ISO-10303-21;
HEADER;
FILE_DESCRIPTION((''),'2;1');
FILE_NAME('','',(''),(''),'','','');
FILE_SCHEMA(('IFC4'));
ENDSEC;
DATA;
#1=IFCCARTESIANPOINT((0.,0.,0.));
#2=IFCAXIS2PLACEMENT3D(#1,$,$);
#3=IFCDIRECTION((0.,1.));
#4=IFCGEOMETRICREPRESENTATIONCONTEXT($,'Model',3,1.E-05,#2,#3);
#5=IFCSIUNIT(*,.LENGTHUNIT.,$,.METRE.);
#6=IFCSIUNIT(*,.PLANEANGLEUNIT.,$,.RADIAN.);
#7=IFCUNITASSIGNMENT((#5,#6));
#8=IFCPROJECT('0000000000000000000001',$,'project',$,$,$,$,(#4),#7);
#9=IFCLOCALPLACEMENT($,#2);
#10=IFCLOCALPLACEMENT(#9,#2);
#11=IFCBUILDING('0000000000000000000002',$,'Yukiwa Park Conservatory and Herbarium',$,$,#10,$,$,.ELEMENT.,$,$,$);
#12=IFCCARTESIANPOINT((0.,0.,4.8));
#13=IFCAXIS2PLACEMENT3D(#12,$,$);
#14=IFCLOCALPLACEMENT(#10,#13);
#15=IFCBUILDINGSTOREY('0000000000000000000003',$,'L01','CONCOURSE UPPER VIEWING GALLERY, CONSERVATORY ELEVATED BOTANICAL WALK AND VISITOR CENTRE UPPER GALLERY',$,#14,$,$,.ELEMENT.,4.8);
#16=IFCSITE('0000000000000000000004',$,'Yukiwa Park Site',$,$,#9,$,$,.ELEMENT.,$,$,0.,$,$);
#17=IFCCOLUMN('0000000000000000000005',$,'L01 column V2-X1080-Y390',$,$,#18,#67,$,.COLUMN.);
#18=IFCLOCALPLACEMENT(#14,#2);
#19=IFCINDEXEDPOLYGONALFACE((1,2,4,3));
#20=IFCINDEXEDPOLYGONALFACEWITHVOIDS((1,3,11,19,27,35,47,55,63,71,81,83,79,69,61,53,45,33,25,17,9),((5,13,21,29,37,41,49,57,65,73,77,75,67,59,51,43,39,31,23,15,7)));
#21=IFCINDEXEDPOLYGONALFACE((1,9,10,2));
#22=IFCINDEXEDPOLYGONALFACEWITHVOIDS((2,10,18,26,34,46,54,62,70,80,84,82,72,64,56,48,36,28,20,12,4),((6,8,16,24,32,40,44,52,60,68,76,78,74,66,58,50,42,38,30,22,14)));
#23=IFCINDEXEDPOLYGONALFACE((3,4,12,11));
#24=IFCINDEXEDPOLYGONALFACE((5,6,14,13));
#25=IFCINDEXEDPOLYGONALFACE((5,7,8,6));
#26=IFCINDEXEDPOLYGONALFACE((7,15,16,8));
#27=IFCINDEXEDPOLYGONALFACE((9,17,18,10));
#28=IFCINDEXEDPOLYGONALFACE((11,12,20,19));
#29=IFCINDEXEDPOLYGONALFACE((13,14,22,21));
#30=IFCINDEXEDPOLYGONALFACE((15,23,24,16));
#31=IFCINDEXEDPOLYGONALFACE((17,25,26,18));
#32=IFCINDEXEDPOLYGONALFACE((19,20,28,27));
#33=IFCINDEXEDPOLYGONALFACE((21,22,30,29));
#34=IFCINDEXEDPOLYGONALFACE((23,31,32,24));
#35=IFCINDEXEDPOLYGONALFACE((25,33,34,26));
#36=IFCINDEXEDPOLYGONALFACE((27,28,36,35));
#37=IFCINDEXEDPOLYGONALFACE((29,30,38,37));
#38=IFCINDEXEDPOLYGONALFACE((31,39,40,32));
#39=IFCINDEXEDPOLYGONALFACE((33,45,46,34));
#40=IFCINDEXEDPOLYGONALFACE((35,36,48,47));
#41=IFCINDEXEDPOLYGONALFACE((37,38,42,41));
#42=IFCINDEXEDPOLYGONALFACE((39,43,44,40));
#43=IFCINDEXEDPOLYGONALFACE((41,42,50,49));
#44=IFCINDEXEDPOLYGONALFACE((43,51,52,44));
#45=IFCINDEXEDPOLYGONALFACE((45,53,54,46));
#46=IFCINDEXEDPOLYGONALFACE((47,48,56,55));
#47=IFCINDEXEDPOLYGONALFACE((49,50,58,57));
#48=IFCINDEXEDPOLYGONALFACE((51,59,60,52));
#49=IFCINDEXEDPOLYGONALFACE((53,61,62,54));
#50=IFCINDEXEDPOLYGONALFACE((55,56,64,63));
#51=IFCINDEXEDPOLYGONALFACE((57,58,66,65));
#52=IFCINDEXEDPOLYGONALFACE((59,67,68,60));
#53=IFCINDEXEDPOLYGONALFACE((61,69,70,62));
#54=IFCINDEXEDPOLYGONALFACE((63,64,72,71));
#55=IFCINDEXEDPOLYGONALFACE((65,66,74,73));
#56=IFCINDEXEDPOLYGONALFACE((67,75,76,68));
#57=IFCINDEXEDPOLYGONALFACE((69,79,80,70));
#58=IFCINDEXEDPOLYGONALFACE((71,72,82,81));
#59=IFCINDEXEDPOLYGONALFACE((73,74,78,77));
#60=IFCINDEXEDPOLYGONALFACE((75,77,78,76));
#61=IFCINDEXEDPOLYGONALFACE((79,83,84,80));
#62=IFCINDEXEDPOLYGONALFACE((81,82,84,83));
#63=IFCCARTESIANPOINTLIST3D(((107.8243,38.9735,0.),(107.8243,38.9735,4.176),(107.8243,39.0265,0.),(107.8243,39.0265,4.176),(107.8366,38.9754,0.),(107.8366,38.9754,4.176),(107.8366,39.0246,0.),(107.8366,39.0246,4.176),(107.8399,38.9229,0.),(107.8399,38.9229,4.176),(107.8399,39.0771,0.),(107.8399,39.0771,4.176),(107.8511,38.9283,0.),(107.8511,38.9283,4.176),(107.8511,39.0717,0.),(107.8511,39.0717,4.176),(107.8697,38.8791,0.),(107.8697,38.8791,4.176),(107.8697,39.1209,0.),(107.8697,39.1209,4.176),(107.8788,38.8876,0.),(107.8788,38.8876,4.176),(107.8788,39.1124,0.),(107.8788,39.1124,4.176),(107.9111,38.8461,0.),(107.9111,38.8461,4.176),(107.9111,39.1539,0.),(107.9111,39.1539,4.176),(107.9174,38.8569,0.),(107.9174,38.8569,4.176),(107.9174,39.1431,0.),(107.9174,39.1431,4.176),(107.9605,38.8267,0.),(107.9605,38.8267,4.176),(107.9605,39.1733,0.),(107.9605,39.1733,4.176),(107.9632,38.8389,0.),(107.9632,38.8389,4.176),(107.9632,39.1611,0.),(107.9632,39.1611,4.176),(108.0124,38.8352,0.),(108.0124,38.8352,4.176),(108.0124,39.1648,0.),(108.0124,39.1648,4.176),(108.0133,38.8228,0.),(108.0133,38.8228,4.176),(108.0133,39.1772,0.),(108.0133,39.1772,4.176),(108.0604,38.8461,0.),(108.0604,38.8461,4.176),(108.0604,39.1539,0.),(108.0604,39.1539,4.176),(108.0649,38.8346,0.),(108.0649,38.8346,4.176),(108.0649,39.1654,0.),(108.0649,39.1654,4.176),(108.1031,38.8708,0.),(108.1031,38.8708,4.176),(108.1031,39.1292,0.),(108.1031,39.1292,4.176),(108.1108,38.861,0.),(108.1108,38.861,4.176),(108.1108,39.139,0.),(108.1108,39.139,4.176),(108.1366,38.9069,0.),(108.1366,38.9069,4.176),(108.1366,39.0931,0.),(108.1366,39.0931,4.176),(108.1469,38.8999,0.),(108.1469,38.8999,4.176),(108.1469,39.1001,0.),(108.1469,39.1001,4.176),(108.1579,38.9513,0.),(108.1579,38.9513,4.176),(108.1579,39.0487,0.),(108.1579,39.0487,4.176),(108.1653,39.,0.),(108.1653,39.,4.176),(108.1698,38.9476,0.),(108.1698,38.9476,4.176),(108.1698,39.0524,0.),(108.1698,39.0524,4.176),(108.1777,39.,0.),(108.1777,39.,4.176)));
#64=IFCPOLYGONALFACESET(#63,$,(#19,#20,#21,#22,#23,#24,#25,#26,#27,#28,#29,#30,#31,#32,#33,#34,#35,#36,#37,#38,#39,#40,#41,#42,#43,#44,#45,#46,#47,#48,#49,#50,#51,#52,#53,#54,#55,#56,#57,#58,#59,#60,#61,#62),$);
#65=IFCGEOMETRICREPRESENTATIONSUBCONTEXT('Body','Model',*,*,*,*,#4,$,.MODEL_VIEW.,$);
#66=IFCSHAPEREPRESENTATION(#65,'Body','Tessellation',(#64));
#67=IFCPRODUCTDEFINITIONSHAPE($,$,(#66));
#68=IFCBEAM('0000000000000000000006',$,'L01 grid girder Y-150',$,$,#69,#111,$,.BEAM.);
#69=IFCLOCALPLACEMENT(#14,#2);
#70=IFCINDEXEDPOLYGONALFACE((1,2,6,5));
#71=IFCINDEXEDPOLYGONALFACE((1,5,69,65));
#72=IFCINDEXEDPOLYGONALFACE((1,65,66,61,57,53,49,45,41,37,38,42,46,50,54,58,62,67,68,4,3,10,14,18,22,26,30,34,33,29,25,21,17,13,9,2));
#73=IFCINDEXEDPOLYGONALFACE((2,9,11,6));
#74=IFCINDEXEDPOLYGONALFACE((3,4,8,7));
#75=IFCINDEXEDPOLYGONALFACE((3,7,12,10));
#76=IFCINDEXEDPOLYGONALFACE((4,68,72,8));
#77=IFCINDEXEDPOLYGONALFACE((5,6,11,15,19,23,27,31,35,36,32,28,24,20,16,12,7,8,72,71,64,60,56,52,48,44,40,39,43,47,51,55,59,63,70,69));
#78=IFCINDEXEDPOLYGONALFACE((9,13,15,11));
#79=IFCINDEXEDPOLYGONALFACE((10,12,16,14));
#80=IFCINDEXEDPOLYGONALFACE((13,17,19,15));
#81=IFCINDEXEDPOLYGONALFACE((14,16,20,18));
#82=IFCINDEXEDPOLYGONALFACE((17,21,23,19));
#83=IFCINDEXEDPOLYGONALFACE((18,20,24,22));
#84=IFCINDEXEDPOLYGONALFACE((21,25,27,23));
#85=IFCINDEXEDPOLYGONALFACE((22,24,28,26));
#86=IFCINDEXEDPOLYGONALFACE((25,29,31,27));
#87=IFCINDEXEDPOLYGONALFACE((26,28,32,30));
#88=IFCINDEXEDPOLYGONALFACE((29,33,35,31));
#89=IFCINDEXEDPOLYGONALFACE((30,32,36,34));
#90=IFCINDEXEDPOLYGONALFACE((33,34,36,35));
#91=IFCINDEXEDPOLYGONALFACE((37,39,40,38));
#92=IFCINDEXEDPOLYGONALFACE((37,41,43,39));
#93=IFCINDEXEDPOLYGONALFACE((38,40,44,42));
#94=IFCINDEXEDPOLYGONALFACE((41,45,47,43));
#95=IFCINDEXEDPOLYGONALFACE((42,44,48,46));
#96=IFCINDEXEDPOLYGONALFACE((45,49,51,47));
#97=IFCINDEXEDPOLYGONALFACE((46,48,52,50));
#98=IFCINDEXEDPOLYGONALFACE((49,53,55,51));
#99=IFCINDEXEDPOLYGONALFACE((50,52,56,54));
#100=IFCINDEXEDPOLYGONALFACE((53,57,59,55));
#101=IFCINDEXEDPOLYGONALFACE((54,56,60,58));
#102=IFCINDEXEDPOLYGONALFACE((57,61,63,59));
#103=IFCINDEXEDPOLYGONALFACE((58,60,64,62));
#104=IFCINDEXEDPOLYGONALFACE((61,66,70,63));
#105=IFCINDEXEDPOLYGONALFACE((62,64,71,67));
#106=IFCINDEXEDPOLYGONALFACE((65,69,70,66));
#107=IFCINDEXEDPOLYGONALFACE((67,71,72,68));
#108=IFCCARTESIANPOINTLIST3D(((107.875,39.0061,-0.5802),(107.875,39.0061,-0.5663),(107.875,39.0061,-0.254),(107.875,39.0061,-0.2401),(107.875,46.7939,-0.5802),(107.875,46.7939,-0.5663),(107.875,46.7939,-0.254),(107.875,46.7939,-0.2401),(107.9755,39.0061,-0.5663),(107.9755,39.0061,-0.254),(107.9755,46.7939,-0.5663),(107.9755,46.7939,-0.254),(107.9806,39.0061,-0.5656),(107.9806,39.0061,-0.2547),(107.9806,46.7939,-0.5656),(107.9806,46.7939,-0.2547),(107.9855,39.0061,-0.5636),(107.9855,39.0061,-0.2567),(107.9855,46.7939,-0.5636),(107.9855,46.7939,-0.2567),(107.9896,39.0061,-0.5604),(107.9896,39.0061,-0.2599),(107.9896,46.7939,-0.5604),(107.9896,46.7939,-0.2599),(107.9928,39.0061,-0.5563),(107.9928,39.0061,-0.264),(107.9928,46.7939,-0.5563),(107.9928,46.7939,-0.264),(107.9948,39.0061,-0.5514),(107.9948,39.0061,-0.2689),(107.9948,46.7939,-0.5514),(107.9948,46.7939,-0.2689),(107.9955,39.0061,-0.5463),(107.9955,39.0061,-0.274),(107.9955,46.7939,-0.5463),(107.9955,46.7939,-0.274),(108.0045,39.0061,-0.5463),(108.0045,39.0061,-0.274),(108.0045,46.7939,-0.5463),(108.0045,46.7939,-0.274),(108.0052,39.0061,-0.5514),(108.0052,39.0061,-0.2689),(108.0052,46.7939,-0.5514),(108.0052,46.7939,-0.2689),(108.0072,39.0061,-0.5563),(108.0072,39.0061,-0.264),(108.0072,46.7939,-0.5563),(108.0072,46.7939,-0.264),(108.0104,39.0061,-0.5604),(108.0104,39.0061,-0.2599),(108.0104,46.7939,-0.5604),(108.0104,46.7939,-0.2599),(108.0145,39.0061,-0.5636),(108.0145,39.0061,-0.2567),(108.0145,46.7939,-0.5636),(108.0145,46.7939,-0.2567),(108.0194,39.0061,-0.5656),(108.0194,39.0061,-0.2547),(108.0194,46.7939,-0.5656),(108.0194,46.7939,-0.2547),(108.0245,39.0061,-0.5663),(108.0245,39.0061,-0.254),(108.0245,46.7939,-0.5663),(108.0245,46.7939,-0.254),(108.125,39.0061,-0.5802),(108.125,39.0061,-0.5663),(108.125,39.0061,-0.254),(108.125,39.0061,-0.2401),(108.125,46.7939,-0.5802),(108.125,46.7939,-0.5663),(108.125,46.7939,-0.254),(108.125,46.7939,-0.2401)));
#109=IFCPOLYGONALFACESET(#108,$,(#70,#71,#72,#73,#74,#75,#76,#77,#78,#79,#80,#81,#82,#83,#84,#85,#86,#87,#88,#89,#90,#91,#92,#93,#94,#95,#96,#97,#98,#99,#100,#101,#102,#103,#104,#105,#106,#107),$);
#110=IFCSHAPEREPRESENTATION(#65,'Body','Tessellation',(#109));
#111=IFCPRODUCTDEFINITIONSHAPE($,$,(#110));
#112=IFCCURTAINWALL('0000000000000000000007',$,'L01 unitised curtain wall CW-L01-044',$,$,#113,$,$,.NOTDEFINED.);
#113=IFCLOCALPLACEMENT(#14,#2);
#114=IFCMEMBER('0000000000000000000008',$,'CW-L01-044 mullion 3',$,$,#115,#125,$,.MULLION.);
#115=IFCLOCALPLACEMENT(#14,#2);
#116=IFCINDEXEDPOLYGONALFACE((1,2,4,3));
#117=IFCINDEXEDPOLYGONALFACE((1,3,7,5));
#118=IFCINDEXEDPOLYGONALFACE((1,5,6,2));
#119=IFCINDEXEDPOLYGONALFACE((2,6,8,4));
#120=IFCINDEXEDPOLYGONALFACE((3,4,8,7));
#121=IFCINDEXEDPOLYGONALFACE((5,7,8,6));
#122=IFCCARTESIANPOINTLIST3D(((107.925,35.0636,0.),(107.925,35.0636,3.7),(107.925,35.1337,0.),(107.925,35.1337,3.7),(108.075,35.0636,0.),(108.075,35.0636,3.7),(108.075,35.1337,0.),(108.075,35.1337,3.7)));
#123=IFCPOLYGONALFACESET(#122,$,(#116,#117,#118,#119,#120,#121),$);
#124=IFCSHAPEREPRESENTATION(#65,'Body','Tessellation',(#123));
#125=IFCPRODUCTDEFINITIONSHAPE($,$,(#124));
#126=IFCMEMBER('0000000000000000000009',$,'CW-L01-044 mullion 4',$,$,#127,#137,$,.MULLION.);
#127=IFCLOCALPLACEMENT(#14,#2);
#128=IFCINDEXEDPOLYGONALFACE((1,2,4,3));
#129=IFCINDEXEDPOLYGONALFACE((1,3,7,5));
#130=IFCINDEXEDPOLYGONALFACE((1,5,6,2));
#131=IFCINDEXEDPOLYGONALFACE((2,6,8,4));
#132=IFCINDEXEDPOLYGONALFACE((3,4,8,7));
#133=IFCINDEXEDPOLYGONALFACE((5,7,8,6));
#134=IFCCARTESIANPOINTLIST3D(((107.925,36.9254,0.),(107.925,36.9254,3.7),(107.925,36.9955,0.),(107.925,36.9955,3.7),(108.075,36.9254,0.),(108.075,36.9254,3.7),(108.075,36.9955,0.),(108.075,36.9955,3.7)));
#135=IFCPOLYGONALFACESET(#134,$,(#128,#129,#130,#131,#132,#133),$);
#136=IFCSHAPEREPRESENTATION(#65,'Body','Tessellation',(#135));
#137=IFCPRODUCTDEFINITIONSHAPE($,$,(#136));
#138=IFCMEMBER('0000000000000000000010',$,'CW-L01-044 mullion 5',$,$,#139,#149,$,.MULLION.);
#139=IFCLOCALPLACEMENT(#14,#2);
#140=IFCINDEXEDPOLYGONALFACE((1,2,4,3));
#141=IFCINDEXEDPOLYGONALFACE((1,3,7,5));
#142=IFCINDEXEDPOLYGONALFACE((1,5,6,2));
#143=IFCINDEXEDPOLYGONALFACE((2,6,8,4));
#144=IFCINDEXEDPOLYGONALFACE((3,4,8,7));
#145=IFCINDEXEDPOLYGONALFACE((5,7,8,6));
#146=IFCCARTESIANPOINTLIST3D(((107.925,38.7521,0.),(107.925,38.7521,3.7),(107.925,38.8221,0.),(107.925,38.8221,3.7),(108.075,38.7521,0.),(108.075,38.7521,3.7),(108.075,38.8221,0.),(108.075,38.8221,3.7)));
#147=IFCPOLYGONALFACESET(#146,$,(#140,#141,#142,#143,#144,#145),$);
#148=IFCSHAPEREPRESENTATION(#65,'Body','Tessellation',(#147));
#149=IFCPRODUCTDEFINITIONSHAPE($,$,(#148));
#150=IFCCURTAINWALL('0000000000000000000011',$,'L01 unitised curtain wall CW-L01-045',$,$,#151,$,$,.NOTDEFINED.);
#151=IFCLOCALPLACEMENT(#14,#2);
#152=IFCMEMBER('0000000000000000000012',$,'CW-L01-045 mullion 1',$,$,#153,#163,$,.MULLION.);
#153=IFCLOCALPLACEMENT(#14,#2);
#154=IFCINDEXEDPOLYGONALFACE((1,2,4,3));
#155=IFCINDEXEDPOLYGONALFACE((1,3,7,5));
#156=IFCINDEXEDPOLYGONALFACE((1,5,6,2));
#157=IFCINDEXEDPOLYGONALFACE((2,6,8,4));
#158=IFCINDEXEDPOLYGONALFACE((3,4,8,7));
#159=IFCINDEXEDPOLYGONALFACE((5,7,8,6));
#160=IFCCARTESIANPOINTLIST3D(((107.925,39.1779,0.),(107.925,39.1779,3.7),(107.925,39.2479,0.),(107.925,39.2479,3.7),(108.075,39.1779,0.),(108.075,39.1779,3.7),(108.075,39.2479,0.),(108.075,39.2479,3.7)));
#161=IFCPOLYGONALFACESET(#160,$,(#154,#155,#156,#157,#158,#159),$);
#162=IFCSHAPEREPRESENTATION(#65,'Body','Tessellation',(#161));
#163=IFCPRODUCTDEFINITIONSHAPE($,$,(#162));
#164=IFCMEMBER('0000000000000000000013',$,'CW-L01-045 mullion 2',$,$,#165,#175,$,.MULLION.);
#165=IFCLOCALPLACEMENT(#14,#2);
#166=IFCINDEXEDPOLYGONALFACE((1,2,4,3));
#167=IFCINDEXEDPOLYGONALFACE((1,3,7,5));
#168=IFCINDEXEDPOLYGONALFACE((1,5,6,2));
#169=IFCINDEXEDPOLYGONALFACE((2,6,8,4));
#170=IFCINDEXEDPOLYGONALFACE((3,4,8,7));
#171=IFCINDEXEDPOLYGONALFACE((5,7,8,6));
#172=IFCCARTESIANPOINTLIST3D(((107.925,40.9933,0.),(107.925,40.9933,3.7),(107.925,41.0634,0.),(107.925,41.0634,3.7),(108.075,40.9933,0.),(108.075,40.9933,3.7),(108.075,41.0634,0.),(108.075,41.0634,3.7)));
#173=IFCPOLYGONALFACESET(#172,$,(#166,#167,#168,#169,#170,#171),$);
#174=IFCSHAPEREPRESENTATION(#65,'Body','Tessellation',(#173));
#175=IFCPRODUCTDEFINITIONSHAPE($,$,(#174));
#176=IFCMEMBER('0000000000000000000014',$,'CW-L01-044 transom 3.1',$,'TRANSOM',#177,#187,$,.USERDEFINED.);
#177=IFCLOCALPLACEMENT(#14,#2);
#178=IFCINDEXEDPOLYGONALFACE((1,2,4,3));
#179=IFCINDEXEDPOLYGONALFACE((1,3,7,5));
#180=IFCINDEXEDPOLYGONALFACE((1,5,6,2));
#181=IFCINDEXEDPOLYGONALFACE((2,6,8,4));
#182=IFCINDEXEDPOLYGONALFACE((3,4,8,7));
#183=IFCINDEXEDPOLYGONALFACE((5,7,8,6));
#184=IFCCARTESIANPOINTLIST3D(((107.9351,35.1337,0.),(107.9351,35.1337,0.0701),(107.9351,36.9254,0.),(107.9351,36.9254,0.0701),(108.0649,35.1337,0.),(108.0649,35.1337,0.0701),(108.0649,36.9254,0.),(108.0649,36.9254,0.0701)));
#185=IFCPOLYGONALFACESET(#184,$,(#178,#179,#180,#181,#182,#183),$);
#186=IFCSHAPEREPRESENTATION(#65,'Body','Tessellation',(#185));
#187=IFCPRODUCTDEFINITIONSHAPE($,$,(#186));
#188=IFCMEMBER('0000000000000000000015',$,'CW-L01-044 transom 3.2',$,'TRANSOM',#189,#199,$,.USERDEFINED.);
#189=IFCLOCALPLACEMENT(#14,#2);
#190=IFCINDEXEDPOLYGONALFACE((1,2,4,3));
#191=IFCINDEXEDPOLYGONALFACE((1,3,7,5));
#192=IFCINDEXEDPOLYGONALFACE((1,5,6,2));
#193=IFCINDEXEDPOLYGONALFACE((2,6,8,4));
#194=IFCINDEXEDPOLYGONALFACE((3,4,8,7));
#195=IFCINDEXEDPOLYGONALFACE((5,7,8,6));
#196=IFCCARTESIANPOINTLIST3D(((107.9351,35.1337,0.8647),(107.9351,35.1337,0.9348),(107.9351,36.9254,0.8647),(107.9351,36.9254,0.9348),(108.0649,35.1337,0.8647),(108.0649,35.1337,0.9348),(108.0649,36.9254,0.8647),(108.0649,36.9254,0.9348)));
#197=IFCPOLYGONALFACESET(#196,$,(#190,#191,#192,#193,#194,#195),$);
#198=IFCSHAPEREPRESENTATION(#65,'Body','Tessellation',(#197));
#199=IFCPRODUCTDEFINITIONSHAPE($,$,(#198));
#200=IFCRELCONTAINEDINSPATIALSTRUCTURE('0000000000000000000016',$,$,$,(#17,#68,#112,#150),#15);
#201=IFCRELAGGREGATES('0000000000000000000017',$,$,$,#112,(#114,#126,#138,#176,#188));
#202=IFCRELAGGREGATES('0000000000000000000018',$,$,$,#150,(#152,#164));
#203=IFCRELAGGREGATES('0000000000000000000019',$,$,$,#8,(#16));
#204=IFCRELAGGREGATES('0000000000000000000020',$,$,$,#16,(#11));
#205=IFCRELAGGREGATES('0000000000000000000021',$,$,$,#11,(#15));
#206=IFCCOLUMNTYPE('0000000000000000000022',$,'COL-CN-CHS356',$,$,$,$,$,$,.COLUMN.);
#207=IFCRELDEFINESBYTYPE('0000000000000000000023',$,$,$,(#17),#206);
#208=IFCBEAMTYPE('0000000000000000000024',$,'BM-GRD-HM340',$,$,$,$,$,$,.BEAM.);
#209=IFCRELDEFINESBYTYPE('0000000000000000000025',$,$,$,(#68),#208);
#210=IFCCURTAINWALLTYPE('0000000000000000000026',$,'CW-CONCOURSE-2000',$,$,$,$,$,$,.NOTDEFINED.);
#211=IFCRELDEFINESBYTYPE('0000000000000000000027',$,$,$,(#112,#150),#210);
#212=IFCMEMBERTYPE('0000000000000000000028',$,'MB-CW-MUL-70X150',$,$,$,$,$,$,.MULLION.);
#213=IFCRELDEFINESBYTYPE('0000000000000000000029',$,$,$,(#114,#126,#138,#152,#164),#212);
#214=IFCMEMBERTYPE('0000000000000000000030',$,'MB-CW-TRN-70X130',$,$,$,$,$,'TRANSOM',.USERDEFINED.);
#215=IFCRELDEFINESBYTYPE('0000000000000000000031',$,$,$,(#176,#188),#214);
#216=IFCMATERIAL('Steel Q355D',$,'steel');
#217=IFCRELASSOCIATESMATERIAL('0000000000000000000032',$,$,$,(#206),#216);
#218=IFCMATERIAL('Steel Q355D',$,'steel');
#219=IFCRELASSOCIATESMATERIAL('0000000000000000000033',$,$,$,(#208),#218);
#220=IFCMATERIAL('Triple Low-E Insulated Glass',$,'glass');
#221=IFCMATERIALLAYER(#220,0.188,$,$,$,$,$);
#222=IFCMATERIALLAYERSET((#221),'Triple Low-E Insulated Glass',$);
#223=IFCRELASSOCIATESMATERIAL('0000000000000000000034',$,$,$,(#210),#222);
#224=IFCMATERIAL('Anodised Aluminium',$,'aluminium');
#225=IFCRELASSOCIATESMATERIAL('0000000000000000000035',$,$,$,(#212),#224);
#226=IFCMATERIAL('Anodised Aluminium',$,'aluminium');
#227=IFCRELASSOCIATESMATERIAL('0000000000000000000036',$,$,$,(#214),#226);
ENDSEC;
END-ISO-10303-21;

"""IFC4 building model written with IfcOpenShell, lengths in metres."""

from ifc_helpers import new_model, si_unit, direction, frame, origin, origin_2d, place, context, subcontext, project, spatial, rectangle, hollow_circle, i_section, extrude, material, layer, layer_set, material_profile, profile_set, type_object, element, aggregate, save


model = new_model("IFC4")

# Units and contexts
model_context = context("Model", 3, precision=1e-05, world=origin(), true_north=direction((0.0, 1.0)))
body_context = subcontext(model_context, "Body", "Model", "MODEL_VIEW")
ifc_project = project(units=[si_unit("LENGTHUNIT", "METRE"), si_unit("PLANEANGLEUNIT", "RADIAN")], contexts=[model_context])

# Site, building, storey
site_placement = place(None, origin())
site = spatial("IfcSite", under=ifc_project, at=site_placement, Name="Yukiwa Park Site", CompositionType="ELEMENT", RefElevation=0.0)
building_placement = place(site_placement, origin())
building = spatial("IfcBuilding", under=site, at=building_placement, Name="Yukiwa Park Conservatory and Herbarium", CompositionType="ELEMENT")
storey_placement = place(building_placement, frame((0.0, 0.0, 4.8)))
storey = spatial("IfcBuildingStorey", under=building, at=storey_placement, Name="L01", Description="CONCOURSE UPPER VIEWING GALLERY, CONSERVATORY ELEVATED BOTANICAL WALK AND VISITOR CENTRE UPPER GALLERY", CompositionType="ELEMENT", Elevation=4.8)

# Column
ifc_material_1 = material(Name="Steel Q355D", Category="steel")
ifc_material_profile_1 = material_profile(ifc_material_1, hollow_circle(Radius=0.1777, WallThickness=0.0125, at=origin_2d()), Name="CHS 355.6x12.5")
ifc_profile_set_1 = profile_set([ifc_material_profile_1], Name="Steel Q355D")
column_type = type_object("IfcColumnType", Name="COL-CN-CHS356", PredefinedType="COLUMN", material=ifc_profile_set_1)
column_placement = place(storey_placement, frame((108.0, 39.0, 0.0), z_axis=(0.0, 0.0, 1.0), x_axis=(1.0, 0.0, 0.0)))
element("IfcColumn", 1, at=column_placement, inside=storey, type_object=column_type, Name="L01 column V2-X1080-Y390", PredefinedType="COLUMN", context=body_context, shape_type="SweptSolid", body=[
    extrude(hollow_circle(Radius=0.1777, WallThickness=0.0125, at=origin_2d()), origin(), (0.0, 0.0, 1.0), 4.176),
])

# Beam
ifc_material_2 = material(Name="Steel Q355D", Category="steel")
ifc_material_profile_2 = material_profile(ifc_material_2, i_section(OverallWidth=0.25, OverallDepth=0.3401, WebThickness=0.009, FlangeThickness=0.0139, FilletRadius=0.02, at=origin_2d()), Name="HM 340x250x9x14")
ifc_profile_set_2 = profile_set([ifc_material_profile_2], Name="Steel Q355D")
beam_type = type_object("IfcBeamType", Name="BM-GRD-HM340", PredefinedType="BEAM", material=ifc_profile_set_2)
beam_placement = place(storey_placement, frame((108.0, 39.0061, -0.4102), z_axis=(0.0, 1.0, 0.0), x_axis=(-1.0, 0.0, 0.0)))
element("IfcBeam", 2, at=beam_placement, inside=storey, type_object=beam_type, Name="L01 grid girder Y-150", PredefinedType="BEAM", context=body_context, shape_type="SweptSolid", body=[
    extrude(i_section(OverallWidth=0.25, OverallDepth=0.3401, WebThickness=0.009, FlangeThickness=0.0139, FilletRadius=0.02, at=origin_2d()), origin(), (0.0, 0.0, 1.0), 7.7878),
])

# Curtain walls, members
ifc_material_3 = material(Name="Triple Low-E Insulated Glass", Category="glass")
ifc_layer_1 = layer(ifc_material_3, 0.188)
ifc_layer_set_1 = layer_set([ifc_layer_1], Name="Triple Low-E Insulated Glass")
curtain_wall_type = type_object("IfcCurtainWallType", Name="CW-CONCOURSE-2000", PredefinedType="NOTDEFINED", material=ifc_layer_set_1)
curtain_wall_1_placement = place(storey_placement, origin())
curtain_wall_1 = element("IfcCurtainWall", 3, at=curtain_wall_1_placement, inside=storey, type_object=curtain_wall_type, Name="L01 unitised curtain wall CW-L01-044", PredefinedType="NOTDEFINED")
ifc_material_4 = material(Name="Anodised Aluminium", Category="aluminium")
member_type_1 = type_object("IfcMemberType", Name="MB-CW-MUL-70X150", PredefinedType="MULLION", material=ifc_material_4)
member_1_placement = place(storey_placement, frame((108.0, 35.0986, 0.0), z_axis=(0.0, 0.0, 1.0), x_axis=(0.0, 1.0, 0.0)))
member_1 = element("IfcMember", 4, at=member_1_placement, type_object=member_type_1, Name="CW-L01-044 mullion 3", PredefinedType="MULLION", context=body_context, shape_type="SweptSolid", body=[
    extrude(rectangle(XDim=0.0701, YDim=0.1499, at=origin_2d()), origin(), (0.0, 0.0, 1.0), 3.7),
])
member_2_placement = place(storey_placement, frame((108.0, 36.9604, 0.0), z_axis=(0.0, 0.0, 1.0), x_axis=(0.0, 1.0, 0.0)))
member_2 = element("IfcMember", 5, at=member_2_placement, type_object=member_type_1, Name="CW-L01-044 mullion 4", PredefinedType="MULLION", context=body_context, shape_type="SweptSolid", body=[
    extrude(rectangle(XDim=0.0701, YDim=0.1499, at=origin_2d()), origin(), (0.0, 0.0, 1.0), 3.7),
])
member_3_placement = place(storey_placement, frame((108.0, 38.7871, 0.0), z_axis=(0.0, 0.0, 1.0), x_axis=(0.0, 1.0, 0.0)))
member_3 = element("IfcMember", 6, at=member_3_placement, type_object=member_type_1, Name="CW-L01-044 mullion 5", PredefinedType="MULLION", context=body_context, shape_type="SweptSolid", body=[
    extrude(rectangle(XDim=0.0701, YDim=0.1499, at=origin_2d()), origin(), (0.0, 0.0, 1.0), 3.7),
])
curtain_wall_2_placement = place(storey_placement, origin())
curtain_wall_2 = element("IfcCurtainWall", 7, at=curtain_wall_2_placement, inside=storey, type_object=curtain_wall_type, Name="L01 unitised curtain wall CW-L01-045", PredefinedType="NOTDEFINED")
member_4_placement = place(storey_placement, frame((108.0, 39.2129, 0.0), z_axis=(0.0, 0.0, 1.0), x_axis=(0.0, 1.0, 0.0)))
member_4 = element("IfcMember", 8, at=member_4_placement, type_object=member_type_1, Name="CW-L01-045 mullion 1", PredefinedType="MULLION", context=body_context, shape_type="SweptSolid", body=[
    extrude(rectangle(XDim=0.0701, YDim=0.1499, at=origin_2d()), origin(), (0.0, 0.0, 1.0), 3.7),
])
member_5_placement = place(storey_placement, frame((108.0, 41.0283, 0.0), z_axis=(0.0, 0.0, 1.0), x_axis=(0.0, 1.0, 0.0)))
member_5 = element("IfcMember", 9, at=member_5_placement, type_object=member_type_1, Name="CW-L01-045 mullion 2", PredefinedType="MULLION", context=body_context, shape_type="SweptSolid", body=[
    extrude(rectangle(XDim=0.0701, YDim=0.1499, at=origin_2d()), origin(), (0.0, 0.0, 1.0), 3.7),
])

# Members
ifc_material_5 = material(Name="Anodised Aluminium", Category="aluminium")
member_type_2 = type_object("IfcMemberType", Name="MB-CW-TRN-70X130", ElementType="TRANSOM", PredefinedType="USERDEFINED", material=ifc_material_5)
member_6_placement = place(storey_placement, frame((108.0, 36.0295, 0.0), z_axis=(0.0, 0.0, 1.0), x_axis=(0.0, 1.0, 0.0)))
member_6 = element("IfcMember", 10, at=member_6_placement, type_object=member_type_2, Name="CW-L01-044 transom 3.1", ObjectType="TRANSOM", PredefinedType="USERDEFINED", context=body_context, shape_type="SweptSolid", body=[
    extrude(rectangle(XDim=1.7917, YDim=0.1299, at=origin_2d()), origin(), (0.0, 0.0, 1.0), 0.0701),
])
member_7_placement = place(storey_placement, frame((108.0, 36.0295, 0.8647), z_axis=(0.0, 0.0, 1.0), x_axis=(0.0, 1.0, 0.0)))
member_7 = element("IfcMember", 11, at=member_7_placement, type_object=member_type_2, Name="CW-L01-044 transom 3.2", ObjectType="TRANSOM", PredefinedType="USERDEFINED", context=body_context, shape_type="SweptSolid", body=[
    extrude(rectangle(XDim=1.7917, YDim=0.1299, at=origin_2d()), origin(), (0.0, 0.0, 1.0), 0.0701),
])

aggregate(curtain_wall_1, [member_1, member_2, member_3, member_6, member_7])
aggregate(curtain_wall_2, [member_4, member_5])

save(model, "model.ifc")
